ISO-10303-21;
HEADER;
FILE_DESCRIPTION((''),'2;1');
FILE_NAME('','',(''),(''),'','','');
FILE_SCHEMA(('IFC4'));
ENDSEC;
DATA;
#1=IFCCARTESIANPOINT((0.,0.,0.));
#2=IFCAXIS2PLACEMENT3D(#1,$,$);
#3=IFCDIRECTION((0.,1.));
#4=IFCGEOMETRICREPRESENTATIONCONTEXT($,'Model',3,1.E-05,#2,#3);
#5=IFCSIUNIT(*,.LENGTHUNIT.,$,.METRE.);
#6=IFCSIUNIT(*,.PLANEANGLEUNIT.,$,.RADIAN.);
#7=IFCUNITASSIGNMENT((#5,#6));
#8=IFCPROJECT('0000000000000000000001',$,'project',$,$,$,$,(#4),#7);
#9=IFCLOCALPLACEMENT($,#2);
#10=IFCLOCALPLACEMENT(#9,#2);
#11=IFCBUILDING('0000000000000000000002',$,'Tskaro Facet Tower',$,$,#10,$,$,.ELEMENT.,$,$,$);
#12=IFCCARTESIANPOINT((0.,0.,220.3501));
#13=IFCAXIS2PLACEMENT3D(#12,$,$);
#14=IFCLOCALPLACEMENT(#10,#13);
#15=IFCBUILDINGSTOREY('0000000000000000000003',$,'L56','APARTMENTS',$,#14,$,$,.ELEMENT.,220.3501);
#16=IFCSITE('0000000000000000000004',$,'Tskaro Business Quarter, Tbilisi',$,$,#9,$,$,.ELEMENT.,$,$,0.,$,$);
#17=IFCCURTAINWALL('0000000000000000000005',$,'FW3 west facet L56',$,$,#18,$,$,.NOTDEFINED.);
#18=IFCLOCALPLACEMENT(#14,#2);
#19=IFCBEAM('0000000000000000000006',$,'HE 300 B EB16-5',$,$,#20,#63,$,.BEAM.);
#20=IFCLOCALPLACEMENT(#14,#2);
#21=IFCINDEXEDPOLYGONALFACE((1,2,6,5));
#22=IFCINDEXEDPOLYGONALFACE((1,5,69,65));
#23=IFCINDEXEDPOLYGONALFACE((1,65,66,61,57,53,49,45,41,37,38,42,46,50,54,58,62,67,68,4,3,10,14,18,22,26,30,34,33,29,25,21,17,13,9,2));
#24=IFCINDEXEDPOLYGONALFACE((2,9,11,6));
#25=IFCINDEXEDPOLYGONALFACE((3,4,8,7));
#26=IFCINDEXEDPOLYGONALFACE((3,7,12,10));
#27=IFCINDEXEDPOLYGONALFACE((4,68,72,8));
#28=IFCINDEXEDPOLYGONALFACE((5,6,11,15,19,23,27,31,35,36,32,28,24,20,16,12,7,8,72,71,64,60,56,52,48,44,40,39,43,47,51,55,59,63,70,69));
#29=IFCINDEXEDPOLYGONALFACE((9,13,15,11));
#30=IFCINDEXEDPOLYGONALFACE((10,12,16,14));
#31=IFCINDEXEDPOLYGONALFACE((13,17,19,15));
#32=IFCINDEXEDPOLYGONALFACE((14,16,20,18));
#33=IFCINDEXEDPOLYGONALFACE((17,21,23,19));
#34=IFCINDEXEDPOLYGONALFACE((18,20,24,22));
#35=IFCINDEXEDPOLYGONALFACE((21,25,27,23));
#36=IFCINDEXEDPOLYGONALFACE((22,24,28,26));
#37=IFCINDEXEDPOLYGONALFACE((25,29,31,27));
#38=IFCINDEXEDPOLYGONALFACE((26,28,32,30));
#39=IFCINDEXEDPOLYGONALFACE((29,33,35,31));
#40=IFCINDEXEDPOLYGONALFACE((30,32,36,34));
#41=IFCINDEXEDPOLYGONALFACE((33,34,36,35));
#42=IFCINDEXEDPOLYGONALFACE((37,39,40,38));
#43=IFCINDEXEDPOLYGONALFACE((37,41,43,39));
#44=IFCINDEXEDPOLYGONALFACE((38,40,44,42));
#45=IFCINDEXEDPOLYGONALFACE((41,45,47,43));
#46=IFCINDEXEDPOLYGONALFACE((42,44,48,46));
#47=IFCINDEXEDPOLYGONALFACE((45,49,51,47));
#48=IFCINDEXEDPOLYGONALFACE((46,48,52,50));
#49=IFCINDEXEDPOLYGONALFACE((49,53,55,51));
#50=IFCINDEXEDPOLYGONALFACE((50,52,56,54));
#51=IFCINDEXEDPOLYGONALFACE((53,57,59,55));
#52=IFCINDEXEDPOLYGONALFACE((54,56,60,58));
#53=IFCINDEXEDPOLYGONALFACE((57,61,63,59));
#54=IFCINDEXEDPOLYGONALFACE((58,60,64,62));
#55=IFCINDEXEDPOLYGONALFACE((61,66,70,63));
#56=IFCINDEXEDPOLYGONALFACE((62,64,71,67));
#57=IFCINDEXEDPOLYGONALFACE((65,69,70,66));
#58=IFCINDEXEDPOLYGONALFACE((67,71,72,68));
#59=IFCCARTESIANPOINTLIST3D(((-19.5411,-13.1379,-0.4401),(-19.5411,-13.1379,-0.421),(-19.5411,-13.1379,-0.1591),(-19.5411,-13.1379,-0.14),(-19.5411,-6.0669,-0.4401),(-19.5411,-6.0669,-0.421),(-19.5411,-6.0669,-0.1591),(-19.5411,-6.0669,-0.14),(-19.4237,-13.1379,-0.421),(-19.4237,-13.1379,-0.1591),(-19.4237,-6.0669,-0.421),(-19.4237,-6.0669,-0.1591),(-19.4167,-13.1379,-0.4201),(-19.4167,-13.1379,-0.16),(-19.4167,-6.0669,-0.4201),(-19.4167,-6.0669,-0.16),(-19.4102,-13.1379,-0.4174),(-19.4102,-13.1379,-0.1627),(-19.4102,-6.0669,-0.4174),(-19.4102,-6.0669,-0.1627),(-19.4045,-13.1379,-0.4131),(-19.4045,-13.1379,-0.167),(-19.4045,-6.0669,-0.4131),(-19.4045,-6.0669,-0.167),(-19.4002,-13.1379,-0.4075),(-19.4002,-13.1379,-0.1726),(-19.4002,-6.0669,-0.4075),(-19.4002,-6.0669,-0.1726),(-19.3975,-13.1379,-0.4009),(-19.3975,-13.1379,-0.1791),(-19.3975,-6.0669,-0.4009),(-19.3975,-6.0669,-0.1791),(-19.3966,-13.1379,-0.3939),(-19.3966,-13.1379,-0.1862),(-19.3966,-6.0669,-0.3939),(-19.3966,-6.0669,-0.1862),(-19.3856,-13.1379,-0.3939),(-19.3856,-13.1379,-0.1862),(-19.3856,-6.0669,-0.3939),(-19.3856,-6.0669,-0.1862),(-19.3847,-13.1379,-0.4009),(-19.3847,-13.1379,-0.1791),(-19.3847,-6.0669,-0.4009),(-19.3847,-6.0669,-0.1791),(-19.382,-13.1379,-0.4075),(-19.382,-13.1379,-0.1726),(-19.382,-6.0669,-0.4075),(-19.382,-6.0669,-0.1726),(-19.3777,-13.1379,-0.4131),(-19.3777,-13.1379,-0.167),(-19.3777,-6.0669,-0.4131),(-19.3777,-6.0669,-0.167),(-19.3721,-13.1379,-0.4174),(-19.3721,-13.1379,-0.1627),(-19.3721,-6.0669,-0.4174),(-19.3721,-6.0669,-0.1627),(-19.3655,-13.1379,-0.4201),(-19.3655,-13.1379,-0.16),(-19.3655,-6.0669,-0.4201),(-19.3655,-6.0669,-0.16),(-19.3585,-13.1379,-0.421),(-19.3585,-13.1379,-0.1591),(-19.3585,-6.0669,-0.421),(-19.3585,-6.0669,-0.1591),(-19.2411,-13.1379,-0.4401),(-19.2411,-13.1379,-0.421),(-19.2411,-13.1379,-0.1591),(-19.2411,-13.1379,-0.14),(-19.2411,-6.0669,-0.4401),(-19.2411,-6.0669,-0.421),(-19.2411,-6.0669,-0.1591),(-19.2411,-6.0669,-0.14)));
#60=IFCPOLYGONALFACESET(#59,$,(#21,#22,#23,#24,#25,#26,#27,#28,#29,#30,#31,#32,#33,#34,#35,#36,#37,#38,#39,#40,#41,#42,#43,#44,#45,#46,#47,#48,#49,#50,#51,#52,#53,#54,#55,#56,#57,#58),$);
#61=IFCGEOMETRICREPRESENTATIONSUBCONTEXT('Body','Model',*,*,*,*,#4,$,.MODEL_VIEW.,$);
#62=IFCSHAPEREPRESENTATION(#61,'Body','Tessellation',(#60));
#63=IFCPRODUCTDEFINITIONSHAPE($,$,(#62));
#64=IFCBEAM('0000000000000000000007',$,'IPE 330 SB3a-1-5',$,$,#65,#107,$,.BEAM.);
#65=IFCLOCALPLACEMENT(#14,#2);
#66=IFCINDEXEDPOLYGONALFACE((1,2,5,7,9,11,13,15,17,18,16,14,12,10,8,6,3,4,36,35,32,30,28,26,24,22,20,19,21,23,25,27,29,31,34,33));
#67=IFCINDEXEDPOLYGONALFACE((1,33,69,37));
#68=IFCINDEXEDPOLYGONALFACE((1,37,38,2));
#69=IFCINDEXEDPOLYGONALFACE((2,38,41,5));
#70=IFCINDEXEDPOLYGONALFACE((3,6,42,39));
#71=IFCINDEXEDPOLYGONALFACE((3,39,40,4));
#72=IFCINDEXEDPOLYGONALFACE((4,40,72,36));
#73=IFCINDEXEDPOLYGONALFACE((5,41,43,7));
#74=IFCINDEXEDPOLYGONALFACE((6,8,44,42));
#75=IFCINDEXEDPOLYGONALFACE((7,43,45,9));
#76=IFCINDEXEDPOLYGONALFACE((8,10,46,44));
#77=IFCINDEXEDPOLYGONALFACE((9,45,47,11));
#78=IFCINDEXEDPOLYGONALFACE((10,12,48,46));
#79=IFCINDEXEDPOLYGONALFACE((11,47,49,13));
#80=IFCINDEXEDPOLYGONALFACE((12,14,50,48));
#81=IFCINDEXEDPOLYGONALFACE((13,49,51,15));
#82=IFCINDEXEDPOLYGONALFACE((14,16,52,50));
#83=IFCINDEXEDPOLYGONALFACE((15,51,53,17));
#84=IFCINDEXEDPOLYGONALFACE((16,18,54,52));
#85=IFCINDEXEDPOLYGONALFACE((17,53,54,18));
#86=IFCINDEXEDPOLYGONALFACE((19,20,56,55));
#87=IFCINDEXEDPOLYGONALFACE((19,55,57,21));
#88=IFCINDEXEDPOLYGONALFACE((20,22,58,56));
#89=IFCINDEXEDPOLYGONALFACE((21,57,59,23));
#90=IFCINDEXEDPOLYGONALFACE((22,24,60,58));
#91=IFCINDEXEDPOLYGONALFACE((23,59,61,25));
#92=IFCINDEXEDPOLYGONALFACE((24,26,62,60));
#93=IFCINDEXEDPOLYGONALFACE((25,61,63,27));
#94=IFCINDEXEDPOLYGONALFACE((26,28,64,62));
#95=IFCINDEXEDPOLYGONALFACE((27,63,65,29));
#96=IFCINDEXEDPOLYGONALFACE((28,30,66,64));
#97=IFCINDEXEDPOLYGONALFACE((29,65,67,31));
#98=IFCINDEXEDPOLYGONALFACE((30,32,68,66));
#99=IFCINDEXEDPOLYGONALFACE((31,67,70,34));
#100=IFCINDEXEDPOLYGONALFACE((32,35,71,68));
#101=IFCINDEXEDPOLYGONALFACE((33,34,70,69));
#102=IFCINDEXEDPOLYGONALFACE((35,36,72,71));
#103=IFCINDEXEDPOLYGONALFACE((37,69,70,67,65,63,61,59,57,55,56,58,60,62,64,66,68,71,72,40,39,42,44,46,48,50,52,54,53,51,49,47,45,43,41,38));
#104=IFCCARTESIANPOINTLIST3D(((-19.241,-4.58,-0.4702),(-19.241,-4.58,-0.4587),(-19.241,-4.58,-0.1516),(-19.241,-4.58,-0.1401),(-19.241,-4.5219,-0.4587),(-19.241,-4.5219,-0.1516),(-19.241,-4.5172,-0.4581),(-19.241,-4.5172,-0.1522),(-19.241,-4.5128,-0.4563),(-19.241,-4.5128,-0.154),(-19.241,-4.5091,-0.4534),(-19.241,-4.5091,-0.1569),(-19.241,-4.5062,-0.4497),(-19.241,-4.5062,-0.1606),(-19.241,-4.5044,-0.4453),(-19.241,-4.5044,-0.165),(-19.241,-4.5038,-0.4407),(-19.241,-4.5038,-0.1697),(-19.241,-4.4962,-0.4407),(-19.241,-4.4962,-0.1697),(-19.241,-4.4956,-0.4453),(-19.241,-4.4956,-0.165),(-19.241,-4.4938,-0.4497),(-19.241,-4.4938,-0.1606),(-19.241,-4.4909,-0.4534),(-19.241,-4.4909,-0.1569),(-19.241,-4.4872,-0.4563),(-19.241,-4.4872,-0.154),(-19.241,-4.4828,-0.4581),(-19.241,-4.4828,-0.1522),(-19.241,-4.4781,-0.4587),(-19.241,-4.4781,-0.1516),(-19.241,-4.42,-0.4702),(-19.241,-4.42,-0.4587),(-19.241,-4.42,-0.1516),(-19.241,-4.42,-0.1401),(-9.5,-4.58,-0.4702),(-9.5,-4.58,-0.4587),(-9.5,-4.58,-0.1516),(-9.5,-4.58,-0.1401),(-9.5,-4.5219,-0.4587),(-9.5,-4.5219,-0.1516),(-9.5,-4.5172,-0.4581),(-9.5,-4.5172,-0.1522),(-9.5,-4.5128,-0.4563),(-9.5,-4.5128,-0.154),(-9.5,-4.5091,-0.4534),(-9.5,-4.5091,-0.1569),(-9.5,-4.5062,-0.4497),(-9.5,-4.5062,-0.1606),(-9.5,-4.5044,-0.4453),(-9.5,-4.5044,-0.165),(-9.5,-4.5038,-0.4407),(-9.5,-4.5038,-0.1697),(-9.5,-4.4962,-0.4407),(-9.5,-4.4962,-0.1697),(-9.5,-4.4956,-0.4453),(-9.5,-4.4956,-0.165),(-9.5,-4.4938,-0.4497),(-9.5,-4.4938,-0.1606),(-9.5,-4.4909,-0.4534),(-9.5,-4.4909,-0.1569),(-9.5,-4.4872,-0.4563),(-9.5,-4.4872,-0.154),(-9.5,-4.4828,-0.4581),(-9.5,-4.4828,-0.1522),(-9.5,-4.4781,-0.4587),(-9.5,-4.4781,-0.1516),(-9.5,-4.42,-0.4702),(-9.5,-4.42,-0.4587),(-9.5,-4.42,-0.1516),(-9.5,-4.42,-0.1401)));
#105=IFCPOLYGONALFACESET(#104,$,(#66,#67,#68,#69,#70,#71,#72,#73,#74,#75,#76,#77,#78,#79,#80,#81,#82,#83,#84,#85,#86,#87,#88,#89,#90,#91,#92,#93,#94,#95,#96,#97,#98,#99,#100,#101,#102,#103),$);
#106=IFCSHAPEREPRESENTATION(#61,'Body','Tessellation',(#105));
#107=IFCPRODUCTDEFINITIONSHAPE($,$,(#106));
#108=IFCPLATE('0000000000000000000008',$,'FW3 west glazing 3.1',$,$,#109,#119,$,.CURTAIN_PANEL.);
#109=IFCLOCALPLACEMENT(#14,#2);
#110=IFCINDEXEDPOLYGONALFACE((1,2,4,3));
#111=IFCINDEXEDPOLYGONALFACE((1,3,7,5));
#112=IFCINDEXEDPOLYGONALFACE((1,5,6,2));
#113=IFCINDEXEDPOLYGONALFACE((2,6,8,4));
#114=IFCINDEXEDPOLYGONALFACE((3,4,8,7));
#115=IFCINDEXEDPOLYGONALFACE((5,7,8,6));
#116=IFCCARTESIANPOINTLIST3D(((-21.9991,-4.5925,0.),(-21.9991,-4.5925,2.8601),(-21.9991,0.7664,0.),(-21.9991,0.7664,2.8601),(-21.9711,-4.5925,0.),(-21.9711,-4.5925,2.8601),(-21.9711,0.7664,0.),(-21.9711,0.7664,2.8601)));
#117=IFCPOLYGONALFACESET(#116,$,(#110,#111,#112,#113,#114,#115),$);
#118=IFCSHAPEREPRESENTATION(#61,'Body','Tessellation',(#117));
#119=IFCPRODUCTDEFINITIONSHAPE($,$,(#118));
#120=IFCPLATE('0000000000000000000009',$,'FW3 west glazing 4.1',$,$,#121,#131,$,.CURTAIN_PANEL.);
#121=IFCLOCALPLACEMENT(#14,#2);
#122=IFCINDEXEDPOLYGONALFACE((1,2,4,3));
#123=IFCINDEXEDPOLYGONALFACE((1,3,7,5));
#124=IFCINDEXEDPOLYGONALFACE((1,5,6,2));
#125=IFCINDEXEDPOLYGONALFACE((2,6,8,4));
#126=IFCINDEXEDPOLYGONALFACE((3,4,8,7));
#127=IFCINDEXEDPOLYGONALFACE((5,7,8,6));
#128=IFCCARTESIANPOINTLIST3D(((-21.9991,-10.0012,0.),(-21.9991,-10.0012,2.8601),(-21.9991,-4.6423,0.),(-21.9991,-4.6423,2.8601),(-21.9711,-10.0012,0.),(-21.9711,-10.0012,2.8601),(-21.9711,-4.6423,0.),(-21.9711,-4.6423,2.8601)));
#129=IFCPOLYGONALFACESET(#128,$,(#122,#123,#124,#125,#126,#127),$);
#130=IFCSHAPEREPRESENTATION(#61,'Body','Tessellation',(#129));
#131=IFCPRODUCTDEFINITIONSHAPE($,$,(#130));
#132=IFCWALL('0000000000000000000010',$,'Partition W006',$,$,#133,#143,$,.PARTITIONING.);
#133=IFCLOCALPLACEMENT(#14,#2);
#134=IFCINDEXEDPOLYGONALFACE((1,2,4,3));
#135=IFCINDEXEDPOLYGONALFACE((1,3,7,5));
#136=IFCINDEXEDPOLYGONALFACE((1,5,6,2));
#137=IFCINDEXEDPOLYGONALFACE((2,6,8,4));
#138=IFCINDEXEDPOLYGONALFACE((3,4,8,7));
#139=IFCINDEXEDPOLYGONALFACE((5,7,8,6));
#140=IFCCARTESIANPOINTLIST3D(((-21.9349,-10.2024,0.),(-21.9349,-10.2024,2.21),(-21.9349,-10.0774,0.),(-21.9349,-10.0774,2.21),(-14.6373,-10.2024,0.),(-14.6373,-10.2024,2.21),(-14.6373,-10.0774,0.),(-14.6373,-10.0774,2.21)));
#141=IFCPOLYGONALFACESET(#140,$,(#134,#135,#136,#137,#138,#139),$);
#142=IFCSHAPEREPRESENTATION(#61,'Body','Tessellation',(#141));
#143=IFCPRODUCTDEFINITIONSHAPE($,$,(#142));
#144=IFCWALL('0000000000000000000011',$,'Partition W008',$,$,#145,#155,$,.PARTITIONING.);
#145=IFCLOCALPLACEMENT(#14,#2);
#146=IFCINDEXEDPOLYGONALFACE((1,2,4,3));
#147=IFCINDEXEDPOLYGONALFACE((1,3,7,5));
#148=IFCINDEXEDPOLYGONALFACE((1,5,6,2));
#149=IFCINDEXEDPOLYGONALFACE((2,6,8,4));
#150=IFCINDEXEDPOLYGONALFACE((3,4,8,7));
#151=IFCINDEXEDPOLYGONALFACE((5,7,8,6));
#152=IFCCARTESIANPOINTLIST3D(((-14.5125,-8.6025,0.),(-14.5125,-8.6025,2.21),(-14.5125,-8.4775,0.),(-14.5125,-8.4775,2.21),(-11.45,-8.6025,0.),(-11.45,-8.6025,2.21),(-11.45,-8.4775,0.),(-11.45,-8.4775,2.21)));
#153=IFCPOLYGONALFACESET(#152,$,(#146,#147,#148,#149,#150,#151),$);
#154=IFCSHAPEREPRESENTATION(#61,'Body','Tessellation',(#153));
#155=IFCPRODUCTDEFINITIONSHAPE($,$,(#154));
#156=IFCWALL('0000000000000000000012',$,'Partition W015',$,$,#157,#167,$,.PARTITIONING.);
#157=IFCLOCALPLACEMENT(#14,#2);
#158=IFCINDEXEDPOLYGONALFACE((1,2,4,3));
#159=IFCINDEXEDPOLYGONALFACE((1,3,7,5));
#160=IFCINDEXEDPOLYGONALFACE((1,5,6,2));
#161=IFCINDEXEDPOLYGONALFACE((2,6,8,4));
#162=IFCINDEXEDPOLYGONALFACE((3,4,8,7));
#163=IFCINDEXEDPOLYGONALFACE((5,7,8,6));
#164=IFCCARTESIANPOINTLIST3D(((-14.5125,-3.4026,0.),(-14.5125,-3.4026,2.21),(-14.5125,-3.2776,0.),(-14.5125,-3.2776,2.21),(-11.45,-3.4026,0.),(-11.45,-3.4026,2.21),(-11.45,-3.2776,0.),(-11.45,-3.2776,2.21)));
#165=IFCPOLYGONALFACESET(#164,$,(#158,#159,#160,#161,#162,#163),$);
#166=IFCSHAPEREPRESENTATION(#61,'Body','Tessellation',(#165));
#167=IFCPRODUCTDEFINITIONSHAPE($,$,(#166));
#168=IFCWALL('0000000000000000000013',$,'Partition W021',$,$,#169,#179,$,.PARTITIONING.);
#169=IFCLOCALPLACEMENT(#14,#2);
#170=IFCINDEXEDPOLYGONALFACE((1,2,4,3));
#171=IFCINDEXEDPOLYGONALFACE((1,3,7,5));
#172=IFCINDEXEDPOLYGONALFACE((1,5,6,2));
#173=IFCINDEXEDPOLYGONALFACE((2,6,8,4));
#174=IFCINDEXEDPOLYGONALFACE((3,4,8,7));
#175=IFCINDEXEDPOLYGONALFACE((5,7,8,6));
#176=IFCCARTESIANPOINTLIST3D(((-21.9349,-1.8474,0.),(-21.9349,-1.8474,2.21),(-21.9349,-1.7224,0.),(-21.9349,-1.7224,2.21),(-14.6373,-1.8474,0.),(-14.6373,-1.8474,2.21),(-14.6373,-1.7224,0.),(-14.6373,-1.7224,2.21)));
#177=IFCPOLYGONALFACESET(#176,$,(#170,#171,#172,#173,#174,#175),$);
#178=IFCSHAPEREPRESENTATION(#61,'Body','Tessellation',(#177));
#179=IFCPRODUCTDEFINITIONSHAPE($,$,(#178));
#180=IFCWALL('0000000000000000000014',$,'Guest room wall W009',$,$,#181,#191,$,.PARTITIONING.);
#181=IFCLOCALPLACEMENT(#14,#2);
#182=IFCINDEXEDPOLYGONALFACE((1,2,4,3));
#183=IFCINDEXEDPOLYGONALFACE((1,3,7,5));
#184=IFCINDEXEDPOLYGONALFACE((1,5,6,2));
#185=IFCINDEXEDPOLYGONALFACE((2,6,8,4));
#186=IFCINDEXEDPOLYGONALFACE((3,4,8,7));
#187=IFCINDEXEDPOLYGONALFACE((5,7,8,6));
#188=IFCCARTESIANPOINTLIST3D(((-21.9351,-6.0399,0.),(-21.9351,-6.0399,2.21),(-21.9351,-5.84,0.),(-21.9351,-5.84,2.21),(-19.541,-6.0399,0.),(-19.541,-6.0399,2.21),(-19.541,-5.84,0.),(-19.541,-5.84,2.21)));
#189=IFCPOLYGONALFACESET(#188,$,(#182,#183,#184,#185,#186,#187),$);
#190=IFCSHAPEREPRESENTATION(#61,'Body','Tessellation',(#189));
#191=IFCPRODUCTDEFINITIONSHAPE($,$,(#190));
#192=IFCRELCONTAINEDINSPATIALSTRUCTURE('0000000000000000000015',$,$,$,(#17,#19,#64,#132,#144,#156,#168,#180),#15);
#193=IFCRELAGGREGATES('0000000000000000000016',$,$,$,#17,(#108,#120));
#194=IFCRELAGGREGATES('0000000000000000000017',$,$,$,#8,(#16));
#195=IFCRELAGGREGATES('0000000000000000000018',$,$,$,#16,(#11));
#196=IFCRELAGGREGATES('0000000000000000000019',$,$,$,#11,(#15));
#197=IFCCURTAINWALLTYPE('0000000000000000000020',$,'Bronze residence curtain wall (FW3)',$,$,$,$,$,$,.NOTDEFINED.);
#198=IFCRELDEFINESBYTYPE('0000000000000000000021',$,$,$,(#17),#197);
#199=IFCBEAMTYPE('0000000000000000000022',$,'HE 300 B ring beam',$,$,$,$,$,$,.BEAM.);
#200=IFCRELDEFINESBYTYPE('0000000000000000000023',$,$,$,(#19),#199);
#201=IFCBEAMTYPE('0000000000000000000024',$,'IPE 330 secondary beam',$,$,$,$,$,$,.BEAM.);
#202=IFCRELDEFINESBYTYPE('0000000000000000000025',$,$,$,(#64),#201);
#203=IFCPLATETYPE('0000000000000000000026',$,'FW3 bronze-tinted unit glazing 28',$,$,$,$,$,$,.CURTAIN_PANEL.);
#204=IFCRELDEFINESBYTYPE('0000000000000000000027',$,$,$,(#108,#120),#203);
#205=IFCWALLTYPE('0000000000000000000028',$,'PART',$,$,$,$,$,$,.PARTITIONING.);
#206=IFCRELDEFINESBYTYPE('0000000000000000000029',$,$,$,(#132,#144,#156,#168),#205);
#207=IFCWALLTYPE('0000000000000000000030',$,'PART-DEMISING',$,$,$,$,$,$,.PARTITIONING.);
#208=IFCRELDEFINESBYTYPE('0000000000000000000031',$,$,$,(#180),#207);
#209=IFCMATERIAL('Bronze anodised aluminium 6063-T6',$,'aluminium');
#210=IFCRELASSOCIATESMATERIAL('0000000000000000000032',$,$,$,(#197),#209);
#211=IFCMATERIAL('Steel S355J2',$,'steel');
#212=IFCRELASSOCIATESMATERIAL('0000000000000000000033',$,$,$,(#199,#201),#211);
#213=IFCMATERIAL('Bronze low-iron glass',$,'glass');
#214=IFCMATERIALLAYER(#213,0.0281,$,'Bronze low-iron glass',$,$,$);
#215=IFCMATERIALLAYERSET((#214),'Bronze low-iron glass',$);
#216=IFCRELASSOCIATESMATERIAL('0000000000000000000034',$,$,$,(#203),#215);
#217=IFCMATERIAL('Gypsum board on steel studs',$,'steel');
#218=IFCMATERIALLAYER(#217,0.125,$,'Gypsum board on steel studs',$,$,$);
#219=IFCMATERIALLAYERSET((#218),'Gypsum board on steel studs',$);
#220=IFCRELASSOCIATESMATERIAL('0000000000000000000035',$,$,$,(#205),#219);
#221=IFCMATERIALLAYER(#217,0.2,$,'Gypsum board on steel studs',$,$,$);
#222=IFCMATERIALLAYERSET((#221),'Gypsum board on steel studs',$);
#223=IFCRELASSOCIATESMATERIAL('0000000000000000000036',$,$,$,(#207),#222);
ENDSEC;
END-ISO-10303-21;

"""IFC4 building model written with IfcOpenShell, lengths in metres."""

from ifc_helpers import new_model, si_unit, direction, frame, frame_2d, origin, origin_2d, place, context, subcontext, project, spatial, rectangle, i_section, extrude, material, layer, layer_set, material_profile, profile_set, type_object, element, aggregate, save


model = new_model("IFC4")

# Units and contexts
model_context = context("Model", 3, precision=1e-05, world=origin(), true_north=direction((0.0, 1.0)))
body_context = subcontext(model_context, "Body", "Model", "MODEL_VIEW")
ifc_project = project(units=[si_unit("LENGTHUNIT", "METRE"), si_unit("PLANEANGLEUNIT", "RADIAN")], contexts=[model_context])

# Site, building, storey
site_placement = place(None, origin())
site = spatial("IfcSite", under=ifc_project, at=site_placement, Name="Tskaro Business Quarter, Tbilisi", CompositionType="ELEMENT", RefElevation=0.0)
building_placement = place(site_placement, origin())
building = spatial("IfcBuilding", under=site, at=building_placement, Name="Tskaro Facet Tower", CompositionType="ELEMENT")
storey_placement = place(building_placement, frame((0.0, 0.0, 220.3501)))
storey = spatial("IfcBuildingStorey", under=building, at=storey_placement, Name="L56", Description="APARTMENTS", CompositionType="ELEMENT", Elevation=220.3501)

# Shared definitions
ifc_material_1 = material(Name="Steel S355J2", Category="steel")

# Curtain wall
ifc_material_2 = material(Name="Bronze anodised aluminium 6063-T6", Category="aluminium")
curtain_wall_type = type_object("IfcCurtainWallType", Name="Bronze residence curtain wall (FW3)", PredefinedType="NOTDEFINED", material=ifc_material_2)
curtain_wall_placement = place(storey_placement, origin())
curtain_wall = element("IfcCurtainWall", 1, at=curtain_wall_placement, inside=storey, type_object=curtain_wall_type, Name="FW3 west facet L56", PredefinedType="NOTDEFINED")

# Beams
ifc_material_profile_1 = material_profile(ifc_material_1, i_section(OverallWidth=0.3, OverallDepth=0.3, WebThickness=0.011, FlangeThickness=0.019, FilletRadius=0.0271, at=origin_2d()), Name="HE 300 B")
ifc_profile_set_1 = profile_set([ifc_material_profile_1], Name="Steel S355J2")
beam_type_1 = type_object("IfcBeamType", Name="HE 300 B ring beam", PredefinedType="BEAM", material=ifc_profile_set_1)
beam_1_placement = place(storey_placement, frame((-19.3911, -6.0669, -0.29), z_axis=(0.0, -1.0, 0.0), x_axis=(1.0, 0.0, 0.0)))
element("IfcBeam", 2, at=beam_1_placement, inside=storey, type_object=beam_type_1, Name="HE 300 B EB16-5", PredefinedType="BEAM", context=body_context, shape_type="SweptSolid", body=[
    extrude(i_section(OverallWidth=0.3, OverallDepth=0.3, WebThickness=0.011, FlangeThickness=0.019, FilletRadius=0.0271, at=origin_2d()), origin(), (0.0, 0.0, 1.0), 7.071),
])
ifc_material_profile_2 = material_profile(ifc_material_1, i_section(OverallWidth=0.1599, OverallDepth=0.3301, WebThickness=0.0076, FlangeThickness=0.0115, FilletRadius=0.0181, at=origin_2d()), Name="IPE 330")
ifc_profile_set_2 = profile_set([ifc_material_profile_2], Name="Steel S355J2")
beam_type_2 = type_object("IfcBeamType", Name="IPE 330 secondary beam", PredefinedType="BEAM", material=ifc_profile_set_2)
beam_2_placement = place(storey_placement, frame((-19.241, -4.5, -0.3052), z_axis=(1.0, 0.0, 0.0), x_axis=(0.0, 1.0, 0.0)))
element("IfcBeam", 3, at=beam_2_placement, inside=storey, type_object=beam_type_2, Name="IPE 330 SB3a-1-5", PredefinedType="BEAM", context=body_context, shape_type="SweptSolid", body=[
    extrude(i_section(OverallWidth=0.1599, OverallDepth=0.3301, WebThickness=0.0076, FlangeThickness=0.0115, FilletRadius=0.0181, at=origin_2d()), origin(), (0.0, 0.0, 1.0), 9.741),
])

# Plates
ifc_material_3 = material(Name="Bronze low-iron glass", Category="glass")
ifc_layer_1 = layer(ifc_material_3, 0.0281, Name="Bronze low-iron glass")
ifc_layer_set_1 = layer_set([ifc_layer_1], Name="Bronze low-iron glass")
plate_type = type_object("IfcPlateType", Name="FW3 bronze-tinted unit glazing 28", PredefinedType="CURTAIN_PANEL", material=ifc_layer_set_1)
plate_1_placement = place(storey_placement, frame((-21.9851, -1.9131, 0.0), z_axis=(0.0, 0.0, 1.0), x_axis=(0.0, -1.0, 0.0)))
plate_1 = element("IfcPlate", 4, at=plate_1_placement, type_object=plate_type, Name="FW3 west glazing 3.1", PredefinedType="CURTAIN_PANEL", context=body_context, shape_type="SweptSolid", body=[
    extrude(rectangle(XDim=5.3589, YDim=0.0281, at=origin_2d()), origin(), (0.0, 0.0, 1.0), 2.8601),
])
plate_2_placement = place(storey_placement, frame((-21.9851, -7.3218, 0.0), z_axis=(0.0, 0.0, 1.0), x_axis=(0.0, -1.0, 0.0)))
plate_2 = element("IfcPlate", 5, at=plate_2_placement, type_object=plate_type, Name="FW3 west glazing 4.1", PredefinedType="CURTAIN_PANEL", context=body_context, shape_type="SweptSolid", body=[
    extrude(rectangle(XDim=5.3589, YDim=0.0281, at=origin_2d()), origin(), (0.0, 0.0, 1.0), 2.8601),
])
aggregate(curtain_wall, [plate_1, plate_2])

# Walls
ifc_material_4 = material(Name="Gypsum board on steel studs", Category="steel")
ifc_layer_2 = layer(ifc_material_4, 0.125, Name="Gypsum board on steel studs")
ifc_layer_set_2 = layer_set([ifc_layer_2], Name="Gypsum board on steel studs")
wall_type_1 = type_object("IfcWallType", Name="PART", PredefinedType="PARTITIONING", material=ifc_layer_set_2)
wall_1_placement = place(storey_placement, frame((-21.9351, -10.1399, 0.0), z_axis=(0.0, 0.0, 1.0), x_axis=(1.0, 0.0, 0.0)))
element("IfcWall", 6, at=wall_1_placement, inside=storey, type_object=wall_type_1, Name="Partition W006", PredefinedType="PARTITIONING", context=body_context, shape_type="SweptSolid", body=[
    extrude(rectangle(XDim=7.2976, YDim=0.125, at=frame_2d((3.6489, 0.0))), origin(), (0.0, 0.0, 1.0), 2.21),
])
for number, where, z_axis, x_axis, name in (
    (7, (-14.5125, -8.54, 0.0), (0.0, 0.0, 1.0), (1.0, 0.0, 0.0), "Partition W008"),
    (8, (-14.5125, -3.3401, 0.0), (0.0, 0.0, 1.0), (1.0, 0.0, 0.0), "Partition W015"),
):
    element("IfcWall", number, at=place(storey_placement, frame(where, z_axis=z_axis, x_axis=x_axis)), inside=storey, type_object=wall_type_1, Name=name, PredefinedType="PARTITIONING", context=body_context, shape_type="SweptSolid", body=[
        extrude(rectangle(XDim=3.0625, YDim=0.125, at=frame_2d((1.5312, 0.0))), origin(), (0.0, 0.0, 1.0), 2.21),
    ])
wall_2_placement = place(storey_placement, frame((-21.9351, -1.7849, 0.0), z_axis=(0.0, 0.0, 1.0), x_axis=(1.0, 0.0, 0.0)))
element("IfcWall", 9, at=wall_2_placement, inside=storey, type_object=wall_type_1, Name="Partition W021", PredefinedType="PARTITIONING", context=body_context, shape_type="SweptSolid", body=[
    extrude(rectangle(XDim=7.2976, YDim=0.125, at=frame_2d((3.6489, 0.0))), origin(), (0.0, 0.0, 1.0), 2.21),
])
ifc_layer_3 = layer(ifc_material_4, 0.2, Name="Gypsum board on steel studs")
ifc_layer_set_3 = layer_set([ifc_layer_3], Name="Gypsum board on steel studs")
wall_type_2 = type_object("IfcWallType", Name="PART-DEMISING", PredefinedType="PARTITIONING", material=ifc_layer_set_3)
wall_3_placement = place(storey_placement, frame((-21.9351, -5.9399, 0.0), z_axis=(0.0, 0.0, 1.0), x_axis=(1.0, 0.0, 0.0)))
element("IfcWall", 10, at=wall_3_placement, inside=storey, type_object=wall_type_2, Name="Guest room wall W009", PredefinedType="PARTITIONING", context=body_context, shape_type="SweptSolid", body=[
    extrude(rectangle(XDim=2.394, YDim=0.2, at=frame_2d((1.197, 0.0))), origin(), (0.0, 0.0, 1.0), 2.21),
])

save(model, "model.ifc")
